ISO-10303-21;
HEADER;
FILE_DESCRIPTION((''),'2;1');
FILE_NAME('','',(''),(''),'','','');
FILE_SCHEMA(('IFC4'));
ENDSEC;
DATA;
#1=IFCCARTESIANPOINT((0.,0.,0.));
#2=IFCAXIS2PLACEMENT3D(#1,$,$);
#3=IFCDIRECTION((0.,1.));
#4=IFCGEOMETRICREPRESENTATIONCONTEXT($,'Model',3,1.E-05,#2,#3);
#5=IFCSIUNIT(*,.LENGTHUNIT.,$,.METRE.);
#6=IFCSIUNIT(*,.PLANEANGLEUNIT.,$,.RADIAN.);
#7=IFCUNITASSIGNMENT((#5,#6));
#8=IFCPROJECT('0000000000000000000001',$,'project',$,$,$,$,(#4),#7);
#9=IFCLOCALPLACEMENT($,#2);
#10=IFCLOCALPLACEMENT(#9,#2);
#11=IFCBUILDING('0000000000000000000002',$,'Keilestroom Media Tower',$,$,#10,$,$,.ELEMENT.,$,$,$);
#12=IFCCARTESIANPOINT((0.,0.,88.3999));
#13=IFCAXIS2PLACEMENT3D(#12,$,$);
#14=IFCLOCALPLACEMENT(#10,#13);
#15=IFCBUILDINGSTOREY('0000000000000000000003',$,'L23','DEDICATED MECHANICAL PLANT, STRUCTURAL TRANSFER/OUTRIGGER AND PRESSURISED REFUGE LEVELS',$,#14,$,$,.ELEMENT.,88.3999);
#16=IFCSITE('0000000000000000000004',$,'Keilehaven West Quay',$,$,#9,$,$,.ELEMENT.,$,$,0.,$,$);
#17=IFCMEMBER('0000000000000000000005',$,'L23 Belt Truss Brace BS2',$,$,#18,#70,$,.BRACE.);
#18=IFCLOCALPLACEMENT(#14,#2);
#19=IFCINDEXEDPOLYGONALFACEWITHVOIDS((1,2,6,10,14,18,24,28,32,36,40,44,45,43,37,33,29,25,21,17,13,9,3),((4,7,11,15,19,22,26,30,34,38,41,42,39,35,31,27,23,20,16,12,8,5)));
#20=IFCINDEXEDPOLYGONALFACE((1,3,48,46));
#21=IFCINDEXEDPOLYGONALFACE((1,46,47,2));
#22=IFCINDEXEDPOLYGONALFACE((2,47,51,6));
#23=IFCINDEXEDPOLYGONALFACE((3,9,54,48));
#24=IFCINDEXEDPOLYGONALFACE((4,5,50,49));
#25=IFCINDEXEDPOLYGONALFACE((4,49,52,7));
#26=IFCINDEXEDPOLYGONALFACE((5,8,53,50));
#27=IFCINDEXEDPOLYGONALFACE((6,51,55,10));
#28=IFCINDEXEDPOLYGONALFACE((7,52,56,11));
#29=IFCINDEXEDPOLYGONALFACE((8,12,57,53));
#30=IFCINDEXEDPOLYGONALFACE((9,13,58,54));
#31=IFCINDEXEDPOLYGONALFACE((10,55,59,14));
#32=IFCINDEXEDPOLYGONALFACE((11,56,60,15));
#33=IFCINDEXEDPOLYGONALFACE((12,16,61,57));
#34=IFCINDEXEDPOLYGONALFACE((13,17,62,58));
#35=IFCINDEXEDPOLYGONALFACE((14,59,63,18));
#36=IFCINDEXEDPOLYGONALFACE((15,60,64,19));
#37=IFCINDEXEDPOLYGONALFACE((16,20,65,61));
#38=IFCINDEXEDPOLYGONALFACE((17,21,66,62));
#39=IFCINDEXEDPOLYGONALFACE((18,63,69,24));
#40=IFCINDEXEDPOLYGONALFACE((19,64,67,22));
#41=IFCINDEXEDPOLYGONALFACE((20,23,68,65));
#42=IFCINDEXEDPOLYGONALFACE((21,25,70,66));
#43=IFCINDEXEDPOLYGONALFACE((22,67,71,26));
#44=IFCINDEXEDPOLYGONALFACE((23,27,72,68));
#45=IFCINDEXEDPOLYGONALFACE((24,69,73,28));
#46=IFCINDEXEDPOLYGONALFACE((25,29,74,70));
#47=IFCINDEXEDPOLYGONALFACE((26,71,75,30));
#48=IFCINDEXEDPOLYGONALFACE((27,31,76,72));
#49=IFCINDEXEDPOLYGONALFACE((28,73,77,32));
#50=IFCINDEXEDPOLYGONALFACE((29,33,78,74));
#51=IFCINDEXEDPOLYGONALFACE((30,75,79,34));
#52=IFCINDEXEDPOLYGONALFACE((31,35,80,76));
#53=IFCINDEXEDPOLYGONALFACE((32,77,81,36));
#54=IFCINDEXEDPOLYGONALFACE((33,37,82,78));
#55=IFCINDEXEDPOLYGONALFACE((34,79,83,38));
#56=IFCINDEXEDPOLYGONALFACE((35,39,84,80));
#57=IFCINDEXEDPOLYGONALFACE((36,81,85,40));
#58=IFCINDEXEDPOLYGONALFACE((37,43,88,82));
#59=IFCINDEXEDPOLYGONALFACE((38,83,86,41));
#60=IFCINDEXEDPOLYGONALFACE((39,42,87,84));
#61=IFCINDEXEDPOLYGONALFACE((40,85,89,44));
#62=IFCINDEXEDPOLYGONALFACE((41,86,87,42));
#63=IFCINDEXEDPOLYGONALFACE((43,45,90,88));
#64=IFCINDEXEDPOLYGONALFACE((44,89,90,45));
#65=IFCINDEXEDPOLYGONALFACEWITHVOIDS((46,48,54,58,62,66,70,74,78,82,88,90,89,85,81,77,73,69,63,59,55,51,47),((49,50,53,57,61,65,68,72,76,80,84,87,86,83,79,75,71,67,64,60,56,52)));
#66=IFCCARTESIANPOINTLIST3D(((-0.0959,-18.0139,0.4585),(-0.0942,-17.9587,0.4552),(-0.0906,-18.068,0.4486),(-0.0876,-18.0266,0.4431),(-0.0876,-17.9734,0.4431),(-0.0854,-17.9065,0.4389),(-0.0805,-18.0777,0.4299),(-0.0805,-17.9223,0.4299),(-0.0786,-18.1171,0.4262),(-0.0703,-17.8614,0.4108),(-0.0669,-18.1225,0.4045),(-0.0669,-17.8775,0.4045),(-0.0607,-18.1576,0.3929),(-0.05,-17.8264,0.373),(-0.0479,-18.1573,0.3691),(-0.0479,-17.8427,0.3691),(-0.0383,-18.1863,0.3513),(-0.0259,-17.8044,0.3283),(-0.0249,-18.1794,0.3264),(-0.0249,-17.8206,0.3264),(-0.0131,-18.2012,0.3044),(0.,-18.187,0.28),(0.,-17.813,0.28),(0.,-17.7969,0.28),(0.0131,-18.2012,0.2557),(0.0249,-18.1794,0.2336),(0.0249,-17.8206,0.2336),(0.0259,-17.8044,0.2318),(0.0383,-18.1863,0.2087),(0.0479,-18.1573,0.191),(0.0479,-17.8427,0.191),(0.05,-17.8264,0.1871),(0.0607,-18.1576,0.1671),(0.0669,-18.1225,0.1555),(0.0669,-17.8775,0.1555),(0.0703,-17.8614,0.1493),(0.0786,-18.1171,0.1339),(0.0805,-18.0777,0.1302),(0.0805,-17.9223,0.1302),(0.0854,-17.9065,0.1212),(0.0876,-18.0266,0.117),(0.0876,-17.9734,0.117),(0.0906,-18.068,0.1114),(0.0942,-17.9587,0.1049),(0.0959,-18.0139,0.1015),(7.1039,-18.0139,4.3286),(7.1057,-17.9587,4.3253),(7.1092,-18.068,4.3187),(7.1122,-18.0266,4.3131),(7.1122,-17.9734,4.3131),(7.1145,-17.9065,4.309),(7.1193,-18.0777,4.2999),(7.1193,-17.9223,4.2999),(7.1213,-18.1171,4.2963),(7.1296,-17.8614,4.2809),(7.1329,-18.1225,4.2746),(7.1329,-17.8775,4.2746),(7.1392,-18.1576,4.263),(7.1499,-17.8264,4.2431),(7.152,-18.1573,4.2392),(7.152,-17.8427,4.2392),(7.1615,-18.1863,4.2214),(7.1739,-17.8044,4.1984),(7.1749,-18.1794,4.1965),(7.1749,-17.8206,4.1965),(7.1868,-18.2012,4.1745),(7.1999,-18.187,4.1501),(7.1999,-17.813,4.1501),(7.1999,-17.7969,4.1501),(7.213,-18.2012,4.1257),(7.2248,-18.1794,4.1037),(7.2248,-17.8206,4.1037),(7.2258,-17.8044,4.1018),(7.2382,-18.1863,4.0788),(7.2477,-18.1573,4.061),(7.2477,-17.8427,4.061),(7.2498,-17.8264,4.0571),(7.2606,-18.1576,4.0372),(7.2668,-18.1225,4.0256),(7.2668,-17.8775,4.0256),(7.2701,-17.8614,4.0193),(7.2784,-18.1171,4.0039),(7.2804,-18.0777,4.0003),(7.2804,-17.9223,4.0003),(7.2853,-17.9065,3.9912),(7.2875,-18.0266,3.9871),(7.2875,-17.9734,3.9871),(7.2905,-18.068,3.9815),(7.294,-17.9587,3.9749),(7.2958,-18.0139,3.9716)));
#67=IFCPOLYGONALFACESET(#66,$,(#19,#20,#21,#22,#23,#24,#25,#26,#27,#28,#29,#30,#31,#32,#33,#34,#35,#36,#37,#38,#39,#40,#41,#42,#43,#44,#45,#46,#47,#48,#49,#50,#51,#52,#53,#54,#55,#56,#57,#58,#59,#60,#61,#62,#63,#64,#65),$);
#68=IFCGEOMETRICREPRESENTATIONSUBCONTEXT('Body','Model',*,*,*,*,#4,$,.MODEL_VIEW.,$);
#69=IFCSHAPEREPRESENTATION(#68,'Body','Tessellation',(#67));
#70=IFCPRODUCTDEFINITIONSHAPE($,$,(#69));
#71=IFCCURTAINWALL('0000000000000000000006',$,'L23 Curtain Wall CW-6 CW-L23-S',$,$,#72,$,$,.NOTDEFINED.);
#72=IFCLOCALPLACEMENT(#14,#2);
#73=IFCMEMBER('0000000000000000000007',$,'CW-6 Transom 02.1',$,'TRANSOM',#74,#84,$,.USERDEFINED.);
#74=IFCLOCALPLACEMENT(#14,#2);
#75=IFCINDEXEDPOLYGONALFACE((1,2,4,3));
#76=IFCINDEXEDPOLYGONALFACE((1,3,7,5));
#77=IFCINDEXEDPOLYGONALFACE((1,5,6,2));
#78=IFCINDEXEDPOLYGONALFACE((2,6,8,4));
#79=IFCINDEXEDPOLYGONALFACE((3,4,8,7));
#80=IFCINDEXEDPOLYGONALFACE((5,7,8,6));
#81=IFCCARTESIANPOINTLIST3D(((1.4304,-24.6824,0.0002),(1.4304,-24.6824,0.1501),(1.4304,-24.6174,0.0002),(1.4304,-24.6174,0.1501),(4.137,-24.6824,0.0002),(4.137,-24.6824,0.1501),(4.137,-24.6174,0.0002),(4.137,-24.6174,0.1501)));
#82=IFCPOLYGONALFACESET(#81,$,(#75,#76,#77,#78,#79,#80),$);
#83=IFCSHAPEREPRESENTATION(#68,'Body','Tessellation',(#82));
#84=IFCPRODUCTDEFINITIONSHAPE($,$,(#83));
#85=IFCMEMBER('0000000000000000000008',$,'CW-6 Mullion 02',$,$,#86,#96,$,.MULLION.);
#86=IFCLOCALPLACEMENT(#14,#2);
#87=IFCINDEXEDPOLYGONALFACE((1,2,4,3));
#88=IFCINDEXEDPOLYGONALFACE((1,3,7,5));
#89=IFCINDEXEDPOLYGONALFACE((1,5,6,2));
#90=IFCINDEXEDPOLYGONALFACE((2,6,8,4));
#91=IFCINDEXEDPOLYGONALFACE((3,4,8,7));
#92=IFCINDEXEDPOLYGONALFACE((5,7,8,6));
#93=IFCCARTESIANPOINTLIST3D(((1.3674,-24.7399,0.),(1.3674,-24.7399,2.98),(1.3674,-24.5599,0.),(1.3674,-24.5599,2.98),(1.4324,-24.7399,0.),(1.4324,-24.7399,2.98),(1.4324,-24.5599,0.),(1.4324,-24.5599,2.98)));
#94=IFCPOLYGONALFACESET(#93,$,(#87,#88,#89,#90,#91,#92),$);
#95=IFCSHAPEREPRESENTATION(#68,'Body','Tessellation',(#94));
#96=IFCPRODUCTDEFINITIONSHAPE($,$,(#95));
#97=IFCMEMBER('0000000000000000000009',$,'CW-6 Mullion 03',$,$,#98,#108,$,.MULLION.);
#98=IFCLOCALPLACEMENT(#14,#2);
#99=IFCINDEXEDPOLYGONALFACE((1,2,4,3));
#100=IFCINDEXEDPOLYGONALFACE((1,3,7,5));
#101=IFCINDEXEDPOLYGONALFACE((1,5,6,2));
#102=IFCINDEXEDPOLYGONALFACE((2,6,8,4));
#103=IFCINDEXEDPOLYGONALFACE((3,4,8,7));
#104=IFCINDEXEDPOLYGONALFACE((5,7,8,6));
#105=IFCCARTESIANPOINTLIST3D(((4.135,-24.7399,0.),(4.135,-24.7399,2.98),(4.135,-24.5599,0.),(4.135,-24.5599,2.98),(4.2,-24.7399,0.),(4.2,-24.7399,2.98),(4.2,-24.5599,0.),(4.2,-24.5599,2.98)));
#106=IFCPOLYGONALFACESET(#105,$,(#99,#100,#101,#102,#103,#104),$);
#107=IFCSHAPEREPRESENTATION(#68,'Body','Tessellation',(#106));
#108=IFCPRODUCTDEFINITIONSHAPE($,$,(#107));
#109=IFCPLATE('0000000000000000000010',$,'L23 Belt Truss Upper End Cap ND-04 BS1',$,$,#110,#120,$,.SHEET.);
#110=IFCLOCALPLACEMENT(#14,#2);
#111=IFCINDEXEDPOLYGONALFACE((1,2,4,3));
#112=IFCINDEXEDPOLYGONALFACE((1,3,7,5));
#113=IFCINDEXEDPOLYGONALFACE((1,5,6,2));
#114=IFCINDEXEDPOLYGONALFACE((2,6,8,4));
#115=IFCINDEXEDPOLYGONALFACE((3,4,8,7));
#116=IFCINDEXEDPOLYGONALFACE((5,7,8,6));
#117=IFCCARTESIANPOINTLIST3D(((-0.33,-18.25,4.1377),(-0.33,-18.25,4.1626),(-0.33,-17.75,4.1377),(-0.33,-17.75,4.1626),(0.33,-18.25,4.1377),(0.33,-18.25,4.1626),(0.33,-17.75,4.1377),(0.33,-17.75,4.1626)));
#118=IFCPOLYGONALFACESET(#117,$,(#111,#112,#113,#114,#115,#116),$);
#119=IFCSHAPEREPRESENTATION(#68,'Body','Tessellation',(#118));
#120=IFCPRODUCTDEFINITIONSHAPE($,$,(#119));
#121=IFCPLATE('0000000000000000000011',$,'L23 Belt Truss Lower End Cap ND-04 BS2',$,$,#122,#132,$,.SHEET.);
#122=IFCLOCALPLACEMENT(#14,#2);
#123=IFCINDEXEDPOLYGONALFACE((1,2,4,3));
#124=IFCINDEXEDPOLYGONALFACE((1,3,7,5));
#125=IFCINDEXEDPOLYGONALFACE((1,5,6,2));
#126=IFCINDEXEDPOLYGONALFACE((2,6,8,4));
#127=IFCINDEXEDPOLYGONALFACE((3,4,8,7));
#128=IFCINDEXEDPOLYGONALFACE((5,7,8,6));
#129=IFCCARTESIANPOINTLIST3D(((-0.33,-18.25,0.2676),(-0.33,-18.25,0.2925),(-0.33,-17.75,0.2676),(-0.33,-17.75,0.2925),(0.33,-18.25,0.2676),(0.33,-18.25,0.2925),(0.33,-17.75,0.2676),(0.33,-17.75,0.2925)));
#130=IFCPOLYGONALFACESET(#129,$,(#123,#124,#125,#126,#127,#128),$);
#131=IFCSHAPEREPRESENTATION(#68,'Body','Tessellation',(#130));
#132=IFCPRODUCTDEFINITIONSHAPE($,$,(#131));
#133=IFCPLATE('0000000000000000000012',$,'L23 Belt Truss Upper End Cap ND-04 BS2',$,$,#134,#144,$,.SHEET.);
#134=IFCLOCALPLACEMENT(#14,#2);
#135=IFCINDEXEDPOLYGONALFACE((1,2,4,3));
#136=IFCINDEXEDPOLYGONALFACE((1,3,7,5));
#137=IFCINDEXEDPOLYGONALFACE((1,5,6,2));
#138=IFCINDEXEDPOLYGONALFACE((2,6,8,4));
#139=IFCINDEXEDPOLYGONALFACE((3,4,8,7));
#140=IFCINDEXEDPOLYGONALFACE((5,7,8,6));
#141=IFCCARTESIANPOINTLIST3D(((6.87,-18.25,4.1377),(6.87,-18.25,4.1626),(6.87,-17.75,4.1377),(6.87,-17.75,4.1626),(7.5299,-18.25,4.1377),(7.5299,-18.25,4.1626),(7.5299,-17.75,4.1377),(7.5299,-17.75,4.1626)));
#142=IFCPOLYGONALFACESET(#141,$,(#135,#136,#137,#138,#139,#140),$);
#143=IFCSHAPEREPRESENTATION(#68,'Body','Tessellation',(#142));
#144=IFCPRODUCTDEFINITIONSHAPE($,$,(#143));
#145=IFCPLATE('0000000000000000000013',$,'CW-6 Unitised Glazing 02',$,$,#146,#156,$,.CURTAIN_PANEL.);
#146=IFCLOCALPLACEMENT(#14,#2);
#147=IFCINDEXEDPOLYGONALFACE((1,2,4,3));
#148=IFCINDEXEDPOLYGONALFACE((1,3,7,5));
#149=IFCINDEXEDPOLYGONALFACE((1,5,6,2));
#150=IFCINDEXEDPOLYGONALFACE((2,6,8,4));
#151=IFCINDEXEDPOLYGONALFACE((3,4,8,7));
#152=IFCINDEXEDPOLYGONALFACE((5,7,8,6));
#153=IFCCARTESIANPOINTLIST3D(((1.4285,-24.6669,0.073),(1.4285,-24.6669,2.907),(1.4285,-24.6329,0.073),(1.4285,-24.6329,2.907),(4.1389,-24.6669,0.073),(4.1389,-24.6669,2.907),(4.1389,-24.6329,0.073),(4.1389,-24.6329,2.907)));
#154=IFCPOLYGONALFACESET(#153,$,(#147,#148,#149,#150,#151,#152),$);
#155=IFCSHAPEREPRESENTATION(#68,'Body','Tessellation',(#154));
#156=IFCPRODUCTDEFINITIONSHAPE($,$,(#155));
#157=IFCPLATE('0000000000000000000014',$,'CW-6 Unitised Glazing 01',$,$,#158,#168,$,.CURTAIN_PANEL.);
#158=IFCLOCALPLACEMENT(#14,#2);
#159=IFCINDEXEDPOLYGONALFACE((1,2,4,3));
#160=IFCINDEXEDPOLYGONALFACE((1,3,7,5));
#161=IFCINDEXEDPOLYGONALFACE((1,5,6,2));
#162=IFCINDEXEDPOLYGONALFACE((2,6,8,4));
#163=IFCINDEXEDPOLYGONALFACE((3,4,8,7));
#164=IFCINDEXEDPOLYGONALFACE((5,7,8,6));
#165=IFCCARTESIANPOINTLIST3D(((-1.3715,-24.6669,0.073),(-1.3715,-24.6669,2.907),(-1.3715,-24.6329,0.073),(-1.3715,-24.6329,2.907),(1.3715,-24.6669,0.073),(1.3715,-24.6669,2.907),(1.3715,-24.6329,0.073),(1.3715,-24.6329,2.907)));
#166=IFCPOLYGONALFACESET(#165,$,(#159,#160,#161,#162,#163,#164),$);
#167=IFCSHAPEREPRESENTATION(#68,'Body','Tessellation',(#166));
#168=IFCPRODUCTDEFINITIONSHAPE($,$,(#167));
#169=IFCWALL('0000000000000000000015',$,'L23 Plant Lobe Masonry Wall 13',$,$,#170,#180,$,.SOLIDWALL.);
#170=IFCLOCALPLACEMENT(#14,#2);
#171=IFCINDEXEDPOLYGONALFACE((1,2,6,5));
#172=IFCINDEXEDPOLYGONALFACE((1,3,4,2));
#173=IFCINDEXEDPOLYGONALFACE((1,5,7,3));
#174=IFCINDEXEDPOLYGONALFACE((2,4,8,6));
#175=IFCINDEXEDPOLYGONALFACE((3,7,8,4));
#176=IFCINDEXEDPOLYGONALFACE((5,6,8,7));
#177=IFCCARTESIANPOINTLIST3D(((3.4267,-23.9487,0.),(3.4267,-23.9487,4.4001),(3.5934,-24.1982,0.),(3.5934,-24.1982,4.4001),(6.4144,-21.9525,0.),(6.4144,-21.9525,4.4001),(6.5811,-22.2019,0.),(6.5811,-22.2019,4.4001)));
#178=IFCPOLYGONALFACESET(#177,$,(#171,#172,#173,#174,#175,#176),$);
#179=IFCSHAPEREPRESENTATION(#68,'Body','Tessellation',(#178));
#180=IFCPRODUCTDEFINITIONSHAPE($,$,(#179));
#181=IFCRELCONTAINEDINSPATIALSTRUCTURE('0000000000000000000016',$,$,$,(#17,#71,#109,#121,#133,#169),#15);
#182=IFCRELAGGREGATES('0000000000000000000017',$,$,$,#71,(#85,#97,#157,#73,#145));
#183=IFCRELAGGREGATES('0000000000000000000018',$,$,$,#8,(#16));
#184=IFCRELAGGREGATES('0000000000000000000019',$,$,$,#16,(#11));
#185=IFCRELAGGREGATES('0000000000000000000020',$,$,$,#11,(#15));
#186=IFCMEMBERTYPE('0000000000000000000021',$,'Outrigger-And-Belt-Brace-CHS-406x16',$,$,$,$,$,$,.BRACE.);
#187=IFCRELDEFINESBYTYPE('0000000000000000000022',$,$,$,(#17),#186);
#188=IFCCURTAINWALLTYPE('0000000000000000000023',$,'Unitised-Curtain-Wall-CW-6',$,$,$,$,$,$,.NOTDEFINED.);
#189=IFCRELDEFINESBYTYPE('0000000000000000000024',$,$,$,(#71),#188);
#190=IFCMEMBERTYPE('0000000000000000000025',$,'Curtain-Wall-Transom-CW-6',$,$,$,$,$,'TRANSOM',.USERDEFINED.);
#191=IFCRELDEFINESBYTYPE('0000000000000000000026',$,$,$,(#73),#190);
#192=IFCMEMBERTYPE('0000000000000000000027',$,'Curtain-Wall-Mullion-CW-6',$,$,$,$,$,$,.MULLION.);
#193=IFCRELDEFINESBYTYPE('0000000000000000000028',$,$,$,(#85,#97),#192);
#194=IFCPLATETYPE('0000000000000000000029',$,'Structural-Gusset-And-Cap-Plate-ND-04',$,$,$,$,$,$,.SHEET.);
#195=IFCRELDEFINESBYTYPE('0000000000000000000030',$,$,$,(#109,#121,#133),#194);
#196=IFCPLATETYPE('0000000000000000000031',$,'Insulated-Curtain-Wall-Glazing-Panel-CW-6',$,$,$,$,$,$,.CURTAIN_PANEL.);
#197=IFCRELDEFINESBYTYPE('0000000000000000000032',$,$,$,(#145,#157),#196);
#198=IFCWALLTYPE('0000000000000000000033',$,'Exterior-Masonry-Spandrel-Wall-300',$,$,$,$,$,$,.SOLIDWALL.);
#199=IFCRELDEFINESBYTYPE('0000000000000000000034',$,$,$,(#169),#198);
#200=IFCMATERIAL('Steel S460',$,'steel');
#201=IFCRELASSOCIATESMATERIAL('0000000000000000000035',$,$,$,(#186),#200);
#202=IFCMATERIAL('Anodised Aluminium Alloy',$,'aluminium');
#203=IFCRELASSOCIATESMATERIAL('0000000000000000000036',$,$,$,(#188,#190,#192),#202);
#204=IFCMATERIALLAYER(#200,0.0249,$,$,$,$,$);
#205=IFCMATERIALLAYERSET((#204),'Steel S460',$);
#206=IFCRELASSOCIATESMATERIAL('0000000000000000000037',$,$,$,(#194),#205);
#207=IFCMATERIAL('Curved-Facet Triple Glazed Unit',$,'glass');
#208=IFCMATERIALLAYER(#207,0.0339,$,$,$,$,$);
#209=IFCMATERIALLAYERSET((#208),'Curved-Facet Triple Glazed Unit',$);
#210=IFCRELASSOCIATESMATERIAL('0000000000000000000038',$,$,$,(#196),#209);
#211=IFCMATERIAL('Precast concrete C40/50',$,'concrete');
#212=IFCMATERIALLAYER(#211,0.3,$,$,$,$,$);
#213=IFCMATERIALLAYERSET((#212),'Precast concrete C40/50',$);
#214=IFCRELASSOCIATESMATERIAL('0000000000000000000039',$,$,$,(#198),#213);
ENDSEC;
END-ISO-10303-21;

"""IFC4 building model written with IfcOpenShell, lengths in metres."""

from ifc_helpers import new_model, si_unit, direction, frame, frame_2d, origin, origin_2d, place, context, subcontext, project, spatial, rectangle, hollow_circle, extrude, source, transform, mapped, material, layer, layer_set, material_profile, profile_set, type_object, element, aggregate, save


model = new_model("IFC4")

# Units and contexts
model_context = context("Model", 3, precision=1e-05, world=origin(), true_north=direction((0.0, 1.0)))
body_context = subcontext(model_context, "Body", "Model", "MODEL_VIEW")
ifc_project = project(units=[si_unit("LENGTHUNIT", "METRE"), si_unit("PLANEANGLEUNIT", "RADIAN")], contexts=[model_context])

# Site, building, storey
site_placement = place(None, origin())
site = spatial("IfcSite", under=ifc_project, at=site_placement, Name="Keilehaven West Quay", CompositionType="ELEMENT", RefElevation=0.0)
building_placement = place(site_placement, origin())
building = spatial("IfcBuilding", under=site, at=building_placement, Name="Keilestroom Media Tower", CompositionType="ELEMENT")
storey_placement = place(building_placement, frame((0.0, 0.0, 88.3999)))
storey = spatial("IfcBuildingStorey", under=building, at=storey_placement, Name="L23", Description="DEDICATED MECHANICAL PLANT, STRUCTURAL TRANSFER/OUTRIGGER AND PRESSURISED REFUGE LEVELS", CompositionType="ELEMENT", Elevation=88.3999)

# Shared definitions
ifc_material_1 = material(Name="Steel S460", Category="steel")

# Member
ifc_material_profile_1 = material_profile(ifc_material_1, hollow_circle(Radius=0.2031, WallThickness=0.0161, at=origin_2d()), Name="CHS 406.4x16")
ifc_profile_set_1 = profile_set([ifc_material_profile_1], Name="Steel S460")
member_type_1 = type_object("IfcMemberType", Name="Outrigger-And-Belt-Brace-CHS-406x16", PredefinedType="BRACE", material=ifc_profile_set_1)
shared_shape_1 = source(origin(), body_context, "Body", "SweptSolid", [
    extrude(hollow_circle(Radius=0.2031, WallThickness=0.0161, at=origin_2d()), origin(), (0.0, 0.0, 1.0), 8.1741),
])
member_1_placement = place(storey_placement, frame((0.0, -18.0, 0.28), z_axis=(0.880817, 0.0, 0.473457), x_axis=(0.0, 1.0, 0.0)))
element("IfcMember", 1, at=member_1_placement, inside=storey, type_object=member_type_1, Name="L23 Belt Truss Brace BS2", PredefinedType="BRACE", context=body_context, shape_type="MappedRepresentation", body=[
    mapped(shared_shape_1, transform((0.0, 0.0, 0.0), x_axis=(1.0, 0.0, 0.0), y_axis=(0.0, 1.0, 0.0), z_axis=(0.0, 0.0, 1.0), scale=1.0)),
])

# Curtain wall, members
ifc_material_2 = material(Name="Anodised Aluminium Alloy", Category="aluminium")
curtain_wall_type = type_object("IfcCurtainWallType", Name="Unitised-Curtain-Wall-CW-6", PredefinedType="NOTDEFINED", material=ifc_material_2)
curtain_wall_placement = place(storey_placement, origin())
curtain_wall = element("IfcCurtainWall", 2, at=curtain_wall_placement, inside=storey, type_object=curtain_wall_type, Name="L23 Curtain Wall CW-6 CW-L23-S", PredefinedType="NOTDEFINED")
ifc_material_profile_2 = material_profile(ifc_material_2, rectangle(XDim=0.0649, YDim=0.1499, at=origin_2d()), Name="ALU TRANSOM 65x150")
ifc_profile_set_2 = profile_set([ifc_material_profile_2], Name="Anodised Aluminium Alloy")
member_type_2 = type_object("IfcMemberType", Name="Curtain-Wall-Transom-CW-6", ElementType="TRANSOM", PredefinedType="USERDEFINED", material=ifc_profile_set_2)
shared_shape_2 = source(origin(), body_context, "Body", "SweptSolid", [
    extrude(rectangle(XDim=0.0649, YDim=0.1499, at=origin_2d()), origin(), (0.0, 0.0, 1.0), 2.7065),
])
member_2_placement = place(storey_placement, frame((1.4304, -24.6499, 0.0752), z_axis=(1.0, 0.0, 0.0), x_axis=(0.0, 1.0, 0.0)))
member_2 = element("IfcMember", 3, at=member_2_placement, type_object=member_type_2, Name="CW-6 Transom 02.1", ObjectType="TRANSOM", PredefinedType="USERDEFINED", context=body_context, shape_type="MappedRepresentation", body=[
    mapped(shared_shape_2, transform((0.0, 0.0, 0.0), x_axis=(1.0, 0.0, 0.0), y_axis=(0.0, 1.0, 0.0), z_axis=(0.0, 0.0, 1.0), scale=1.0)),
])
ifc_material_profile_3 = material_profile(ifc_material_2, rectangle(XDim=0.0649, YDim=0.1799, at=origin_2d()), Name="ALU MULLION 65x180")
ifc_profile_set_3 = profile_set([ifc_material_profile_3], Name="Anodised Aluminium Alloy")
member_type_3 = type_object("IfcMemberType", Name="Curtain-Wall-Mullion-CW-6", PredefinedType="MULLION", material=ifc_profile_set_3)
shared_shape_3 = source(origin(), body_context, "Body", "SweptSolid", [
    extrude(rectangle(XDim=0.0649, YDim=0.1799, at=origin_2d()), origin(), (0.0, 0.0, 1.0), 2.98),
])
member_3_placement = place(storey_placement, frame((1.3999, -24.6499, 0.0), z_axis=(0.0, 0.0, 1.0), x_axis=(1.0, 0.0, 0.0)))
member_3 = element("IfcMember", 4, at=member_3_placement, type_object=member_type_3, Name="CW-6 Mullion 02", PredefinedType="MULLION", context=body_context, shape_type="MappedRepresentation", body=[
    mapped(shared_shape_3, transform((0.0, 0.0, 0.0), x_axis=(1.0, 0.0, 0.0), y_axis=(0.0, 1.0, 0.0), z_axis=(0.0, 0.0, 1.0), scale=1.0)),
])
member_4_placement = place(storey_placement, frame((4.1675, -24.6499, 0.0), z_axis=(0.0, 0.0, 1.0), x_axis=(1.0, 0.0, 0.0)))
member_4 = element("IfcMember", 5, at=member_4_placement, type_object=member_type_3, Name="CW-6 Mullion 03", PredefinedType="MULLION", context=body_context, shape_type="MappedRepresentation", body=[
    mapped(shared_shape_3, transform((0.0, 0.0, 0.0), x_axis=(1.0, 0.0, 0.0), y_axis=(0.0, 1.0, 0.0), z_axis=(0.0, 0.0, 1.0), scale=1.0)),
])

# Plates
ifc_layer_1 = layer(ifc_material_1, 0.0249)
ifc_layer_set_1 = layer_set([ifc_layer_1], Name="Steel S460")
plate_type_1 = type_object("IfcPlateType", Name="Structural-Gusset-And-Cap-Plate-ND-04", PredefinedType="SHEET", material=ifc_layer_set_1)
shared_shape_4 = source(origin(), body_context, "Body", "SweptSolid", [
    extrude(rectangle(XDim=0.6599, YDim=0.5, at=origin_2d()), origin(), (0.0, 0.0, 1.0), 0.0249),
])
for number, where, z_axis, x_axis, name in (
    (6, (0.0, -18.0, 4.1377), (0.0, 0.0, 1.0), (1.0, 0.0, 0.0), "L23 Belt Truss Upper End Cap ND-04 BS1"),
    (7, (0.0, -18.0, 0.2676), (0.0, 0.0, 1.0), (1.0, 0.0, 0.0), "L23 Belt Truss Lower End Cap ND-04 BS2"),
    (8, (7.2, -18.0, 4.1377), (0.0, 0.0, 1.0), (1.0, 0.0, 0.0), "L23 Belt Truss Upper End Cap ND-04 BS2"),
):
    element("IfcPlate", number, at=place(storey_placement, frame(where, z_axis=z_axis, x_axis=x_axis)), inside=storey, type_object=plate_type_1, Name=name, PredefinedType="SHEET", context=body_context, shape_type="MappedRepresentation", body=[
        mapped(shared_shape_4, transform((0.0, 0.0, 0.0), x_axis=(1.0, 0.0, 0.0), y_axis=(0.0, 1.0, 0.0), z_axis=(0.0, 0.0, 1.0), scale=1.0)),
    ])

# Plates
ifc_material_3 = material(Name="Curved-Facet Triple Glazed Unit", Category="glass")
ifc_layer_2 = layer(ifc_material_3, 0.0339)
ifc_layer_set_2 = layer_set([ifc_layer_2], Name="Curved-Facet Triple Glazed Unit")
plate_type_2 = type_object("IfcPlateType", Name="Insulated-Curtain-Wall-Glazing-Panel-CW-6", PredefinedType="CURTAIN_PANEL", material=ifc_layer_set_2)
shared_shape_5 = source(origin(), body_context, "Body", "SweptSolid", [
    extrude(rectangle(XDim=2.7104, YDim=0.0339, at=origin_2d()), origin(), (0.0, 0.0, 1.0), 2.834),
])
plate_1_placement = place(storey_placement, frame((2.7837, -24.6499, 0.073), z_axis=(0.0, 0.0, 1.0), x_axis=(1.0, 0.0, 0.0)))
plate_1 = element("IfcPlate", 9, at=plate_1_placement, type_object=plate_type_2, Name="CW-6 Unitised Glazing 02", PredefinedType="CURTAIN_PANEL", context=body_context, shape_type="MappedRepresentation", body=[
    mapped(shared_shape_5, transform((0.0, 0.0, 0.0), x_axis=(1.0, 0.0, 0.0), y_axis=(0.0, 1.0, 0.0), z_axis=(0.0, 0.0, 1.0), scale=1.0)),
])
shared_shape_6 = source(origin(), body_context, "Body", "SweptSolid", [
    extrude(rectangle(XDim=2.7429, YDim=0.0339, at=origin_2d()), origin(), (0.0, 0.0, 1.0), 2.834),
])
plate_2_placement = place(storey_placement, frame((0.0, -24.6499, 0.073), z_axis=(0.0, 0.0, 1.0), x_axis=(1.0, 0.0, 0.0)))
plate_2 = element("IfcPlate", 10, at=plate_2_placement, type_object=plate_type_2, Name="CW-6 Unitised Glazing 01", PredefinedType="CURTAIN_PANEL", context=body_context, shape_type="MappedRepresentation", body=[
    mapped(shared_shape_6, transform((0.0, 0.0, 0.0), x_axis=(1.0, 0.0, 0.0), y_axis=(0.0, 1.0, 0.0), z_axis=(0.0, 0.0, 1.0), scale=1.0)),
])
aggregate(curtain_wall, [member_3, member_4, plate_2, member_2, plate_1])

# Wall
ifc_material_4 = material(Name="Precast concrete C40/50", Category="concrete")
ifc_layer_3 = layer(ifc_material_4, 0.3)
ifc_layer_set_3 = layer_set([ifc_layer_3], Name="Precast concrete C40/50")
wall_type_1 = type_object("IfcWallType", Name="Exterior-Masonry-Spandrel-Wall-300", PredefinedType="SOLIDWALL", material=ifc_layer_set_3)
wall_1_placement = place(storey_placement, frame((3.51, -24.0735, 0.0), z_axis=(0.0, 0.0, 1.0), x_axis=(0.831475, 0.555562, 0.0)))
element("IfcWall", 11, at=wall_1_placement, inside=storey, type_object=wall_type_1, Name="L23 Plant Lobe Masonry Wall 13", PredefinedType="SOLIDWALL", context=body_context, shape_type="SweptSolid", body=[
    extrude(rectangle(XDim=3.5933, YDim=0.3, at=frame_2d((1.7966, 0.0))), origin(), (0.0, 0.0, 1.0), 4.4001),
])

save(model, "model.ifc")
